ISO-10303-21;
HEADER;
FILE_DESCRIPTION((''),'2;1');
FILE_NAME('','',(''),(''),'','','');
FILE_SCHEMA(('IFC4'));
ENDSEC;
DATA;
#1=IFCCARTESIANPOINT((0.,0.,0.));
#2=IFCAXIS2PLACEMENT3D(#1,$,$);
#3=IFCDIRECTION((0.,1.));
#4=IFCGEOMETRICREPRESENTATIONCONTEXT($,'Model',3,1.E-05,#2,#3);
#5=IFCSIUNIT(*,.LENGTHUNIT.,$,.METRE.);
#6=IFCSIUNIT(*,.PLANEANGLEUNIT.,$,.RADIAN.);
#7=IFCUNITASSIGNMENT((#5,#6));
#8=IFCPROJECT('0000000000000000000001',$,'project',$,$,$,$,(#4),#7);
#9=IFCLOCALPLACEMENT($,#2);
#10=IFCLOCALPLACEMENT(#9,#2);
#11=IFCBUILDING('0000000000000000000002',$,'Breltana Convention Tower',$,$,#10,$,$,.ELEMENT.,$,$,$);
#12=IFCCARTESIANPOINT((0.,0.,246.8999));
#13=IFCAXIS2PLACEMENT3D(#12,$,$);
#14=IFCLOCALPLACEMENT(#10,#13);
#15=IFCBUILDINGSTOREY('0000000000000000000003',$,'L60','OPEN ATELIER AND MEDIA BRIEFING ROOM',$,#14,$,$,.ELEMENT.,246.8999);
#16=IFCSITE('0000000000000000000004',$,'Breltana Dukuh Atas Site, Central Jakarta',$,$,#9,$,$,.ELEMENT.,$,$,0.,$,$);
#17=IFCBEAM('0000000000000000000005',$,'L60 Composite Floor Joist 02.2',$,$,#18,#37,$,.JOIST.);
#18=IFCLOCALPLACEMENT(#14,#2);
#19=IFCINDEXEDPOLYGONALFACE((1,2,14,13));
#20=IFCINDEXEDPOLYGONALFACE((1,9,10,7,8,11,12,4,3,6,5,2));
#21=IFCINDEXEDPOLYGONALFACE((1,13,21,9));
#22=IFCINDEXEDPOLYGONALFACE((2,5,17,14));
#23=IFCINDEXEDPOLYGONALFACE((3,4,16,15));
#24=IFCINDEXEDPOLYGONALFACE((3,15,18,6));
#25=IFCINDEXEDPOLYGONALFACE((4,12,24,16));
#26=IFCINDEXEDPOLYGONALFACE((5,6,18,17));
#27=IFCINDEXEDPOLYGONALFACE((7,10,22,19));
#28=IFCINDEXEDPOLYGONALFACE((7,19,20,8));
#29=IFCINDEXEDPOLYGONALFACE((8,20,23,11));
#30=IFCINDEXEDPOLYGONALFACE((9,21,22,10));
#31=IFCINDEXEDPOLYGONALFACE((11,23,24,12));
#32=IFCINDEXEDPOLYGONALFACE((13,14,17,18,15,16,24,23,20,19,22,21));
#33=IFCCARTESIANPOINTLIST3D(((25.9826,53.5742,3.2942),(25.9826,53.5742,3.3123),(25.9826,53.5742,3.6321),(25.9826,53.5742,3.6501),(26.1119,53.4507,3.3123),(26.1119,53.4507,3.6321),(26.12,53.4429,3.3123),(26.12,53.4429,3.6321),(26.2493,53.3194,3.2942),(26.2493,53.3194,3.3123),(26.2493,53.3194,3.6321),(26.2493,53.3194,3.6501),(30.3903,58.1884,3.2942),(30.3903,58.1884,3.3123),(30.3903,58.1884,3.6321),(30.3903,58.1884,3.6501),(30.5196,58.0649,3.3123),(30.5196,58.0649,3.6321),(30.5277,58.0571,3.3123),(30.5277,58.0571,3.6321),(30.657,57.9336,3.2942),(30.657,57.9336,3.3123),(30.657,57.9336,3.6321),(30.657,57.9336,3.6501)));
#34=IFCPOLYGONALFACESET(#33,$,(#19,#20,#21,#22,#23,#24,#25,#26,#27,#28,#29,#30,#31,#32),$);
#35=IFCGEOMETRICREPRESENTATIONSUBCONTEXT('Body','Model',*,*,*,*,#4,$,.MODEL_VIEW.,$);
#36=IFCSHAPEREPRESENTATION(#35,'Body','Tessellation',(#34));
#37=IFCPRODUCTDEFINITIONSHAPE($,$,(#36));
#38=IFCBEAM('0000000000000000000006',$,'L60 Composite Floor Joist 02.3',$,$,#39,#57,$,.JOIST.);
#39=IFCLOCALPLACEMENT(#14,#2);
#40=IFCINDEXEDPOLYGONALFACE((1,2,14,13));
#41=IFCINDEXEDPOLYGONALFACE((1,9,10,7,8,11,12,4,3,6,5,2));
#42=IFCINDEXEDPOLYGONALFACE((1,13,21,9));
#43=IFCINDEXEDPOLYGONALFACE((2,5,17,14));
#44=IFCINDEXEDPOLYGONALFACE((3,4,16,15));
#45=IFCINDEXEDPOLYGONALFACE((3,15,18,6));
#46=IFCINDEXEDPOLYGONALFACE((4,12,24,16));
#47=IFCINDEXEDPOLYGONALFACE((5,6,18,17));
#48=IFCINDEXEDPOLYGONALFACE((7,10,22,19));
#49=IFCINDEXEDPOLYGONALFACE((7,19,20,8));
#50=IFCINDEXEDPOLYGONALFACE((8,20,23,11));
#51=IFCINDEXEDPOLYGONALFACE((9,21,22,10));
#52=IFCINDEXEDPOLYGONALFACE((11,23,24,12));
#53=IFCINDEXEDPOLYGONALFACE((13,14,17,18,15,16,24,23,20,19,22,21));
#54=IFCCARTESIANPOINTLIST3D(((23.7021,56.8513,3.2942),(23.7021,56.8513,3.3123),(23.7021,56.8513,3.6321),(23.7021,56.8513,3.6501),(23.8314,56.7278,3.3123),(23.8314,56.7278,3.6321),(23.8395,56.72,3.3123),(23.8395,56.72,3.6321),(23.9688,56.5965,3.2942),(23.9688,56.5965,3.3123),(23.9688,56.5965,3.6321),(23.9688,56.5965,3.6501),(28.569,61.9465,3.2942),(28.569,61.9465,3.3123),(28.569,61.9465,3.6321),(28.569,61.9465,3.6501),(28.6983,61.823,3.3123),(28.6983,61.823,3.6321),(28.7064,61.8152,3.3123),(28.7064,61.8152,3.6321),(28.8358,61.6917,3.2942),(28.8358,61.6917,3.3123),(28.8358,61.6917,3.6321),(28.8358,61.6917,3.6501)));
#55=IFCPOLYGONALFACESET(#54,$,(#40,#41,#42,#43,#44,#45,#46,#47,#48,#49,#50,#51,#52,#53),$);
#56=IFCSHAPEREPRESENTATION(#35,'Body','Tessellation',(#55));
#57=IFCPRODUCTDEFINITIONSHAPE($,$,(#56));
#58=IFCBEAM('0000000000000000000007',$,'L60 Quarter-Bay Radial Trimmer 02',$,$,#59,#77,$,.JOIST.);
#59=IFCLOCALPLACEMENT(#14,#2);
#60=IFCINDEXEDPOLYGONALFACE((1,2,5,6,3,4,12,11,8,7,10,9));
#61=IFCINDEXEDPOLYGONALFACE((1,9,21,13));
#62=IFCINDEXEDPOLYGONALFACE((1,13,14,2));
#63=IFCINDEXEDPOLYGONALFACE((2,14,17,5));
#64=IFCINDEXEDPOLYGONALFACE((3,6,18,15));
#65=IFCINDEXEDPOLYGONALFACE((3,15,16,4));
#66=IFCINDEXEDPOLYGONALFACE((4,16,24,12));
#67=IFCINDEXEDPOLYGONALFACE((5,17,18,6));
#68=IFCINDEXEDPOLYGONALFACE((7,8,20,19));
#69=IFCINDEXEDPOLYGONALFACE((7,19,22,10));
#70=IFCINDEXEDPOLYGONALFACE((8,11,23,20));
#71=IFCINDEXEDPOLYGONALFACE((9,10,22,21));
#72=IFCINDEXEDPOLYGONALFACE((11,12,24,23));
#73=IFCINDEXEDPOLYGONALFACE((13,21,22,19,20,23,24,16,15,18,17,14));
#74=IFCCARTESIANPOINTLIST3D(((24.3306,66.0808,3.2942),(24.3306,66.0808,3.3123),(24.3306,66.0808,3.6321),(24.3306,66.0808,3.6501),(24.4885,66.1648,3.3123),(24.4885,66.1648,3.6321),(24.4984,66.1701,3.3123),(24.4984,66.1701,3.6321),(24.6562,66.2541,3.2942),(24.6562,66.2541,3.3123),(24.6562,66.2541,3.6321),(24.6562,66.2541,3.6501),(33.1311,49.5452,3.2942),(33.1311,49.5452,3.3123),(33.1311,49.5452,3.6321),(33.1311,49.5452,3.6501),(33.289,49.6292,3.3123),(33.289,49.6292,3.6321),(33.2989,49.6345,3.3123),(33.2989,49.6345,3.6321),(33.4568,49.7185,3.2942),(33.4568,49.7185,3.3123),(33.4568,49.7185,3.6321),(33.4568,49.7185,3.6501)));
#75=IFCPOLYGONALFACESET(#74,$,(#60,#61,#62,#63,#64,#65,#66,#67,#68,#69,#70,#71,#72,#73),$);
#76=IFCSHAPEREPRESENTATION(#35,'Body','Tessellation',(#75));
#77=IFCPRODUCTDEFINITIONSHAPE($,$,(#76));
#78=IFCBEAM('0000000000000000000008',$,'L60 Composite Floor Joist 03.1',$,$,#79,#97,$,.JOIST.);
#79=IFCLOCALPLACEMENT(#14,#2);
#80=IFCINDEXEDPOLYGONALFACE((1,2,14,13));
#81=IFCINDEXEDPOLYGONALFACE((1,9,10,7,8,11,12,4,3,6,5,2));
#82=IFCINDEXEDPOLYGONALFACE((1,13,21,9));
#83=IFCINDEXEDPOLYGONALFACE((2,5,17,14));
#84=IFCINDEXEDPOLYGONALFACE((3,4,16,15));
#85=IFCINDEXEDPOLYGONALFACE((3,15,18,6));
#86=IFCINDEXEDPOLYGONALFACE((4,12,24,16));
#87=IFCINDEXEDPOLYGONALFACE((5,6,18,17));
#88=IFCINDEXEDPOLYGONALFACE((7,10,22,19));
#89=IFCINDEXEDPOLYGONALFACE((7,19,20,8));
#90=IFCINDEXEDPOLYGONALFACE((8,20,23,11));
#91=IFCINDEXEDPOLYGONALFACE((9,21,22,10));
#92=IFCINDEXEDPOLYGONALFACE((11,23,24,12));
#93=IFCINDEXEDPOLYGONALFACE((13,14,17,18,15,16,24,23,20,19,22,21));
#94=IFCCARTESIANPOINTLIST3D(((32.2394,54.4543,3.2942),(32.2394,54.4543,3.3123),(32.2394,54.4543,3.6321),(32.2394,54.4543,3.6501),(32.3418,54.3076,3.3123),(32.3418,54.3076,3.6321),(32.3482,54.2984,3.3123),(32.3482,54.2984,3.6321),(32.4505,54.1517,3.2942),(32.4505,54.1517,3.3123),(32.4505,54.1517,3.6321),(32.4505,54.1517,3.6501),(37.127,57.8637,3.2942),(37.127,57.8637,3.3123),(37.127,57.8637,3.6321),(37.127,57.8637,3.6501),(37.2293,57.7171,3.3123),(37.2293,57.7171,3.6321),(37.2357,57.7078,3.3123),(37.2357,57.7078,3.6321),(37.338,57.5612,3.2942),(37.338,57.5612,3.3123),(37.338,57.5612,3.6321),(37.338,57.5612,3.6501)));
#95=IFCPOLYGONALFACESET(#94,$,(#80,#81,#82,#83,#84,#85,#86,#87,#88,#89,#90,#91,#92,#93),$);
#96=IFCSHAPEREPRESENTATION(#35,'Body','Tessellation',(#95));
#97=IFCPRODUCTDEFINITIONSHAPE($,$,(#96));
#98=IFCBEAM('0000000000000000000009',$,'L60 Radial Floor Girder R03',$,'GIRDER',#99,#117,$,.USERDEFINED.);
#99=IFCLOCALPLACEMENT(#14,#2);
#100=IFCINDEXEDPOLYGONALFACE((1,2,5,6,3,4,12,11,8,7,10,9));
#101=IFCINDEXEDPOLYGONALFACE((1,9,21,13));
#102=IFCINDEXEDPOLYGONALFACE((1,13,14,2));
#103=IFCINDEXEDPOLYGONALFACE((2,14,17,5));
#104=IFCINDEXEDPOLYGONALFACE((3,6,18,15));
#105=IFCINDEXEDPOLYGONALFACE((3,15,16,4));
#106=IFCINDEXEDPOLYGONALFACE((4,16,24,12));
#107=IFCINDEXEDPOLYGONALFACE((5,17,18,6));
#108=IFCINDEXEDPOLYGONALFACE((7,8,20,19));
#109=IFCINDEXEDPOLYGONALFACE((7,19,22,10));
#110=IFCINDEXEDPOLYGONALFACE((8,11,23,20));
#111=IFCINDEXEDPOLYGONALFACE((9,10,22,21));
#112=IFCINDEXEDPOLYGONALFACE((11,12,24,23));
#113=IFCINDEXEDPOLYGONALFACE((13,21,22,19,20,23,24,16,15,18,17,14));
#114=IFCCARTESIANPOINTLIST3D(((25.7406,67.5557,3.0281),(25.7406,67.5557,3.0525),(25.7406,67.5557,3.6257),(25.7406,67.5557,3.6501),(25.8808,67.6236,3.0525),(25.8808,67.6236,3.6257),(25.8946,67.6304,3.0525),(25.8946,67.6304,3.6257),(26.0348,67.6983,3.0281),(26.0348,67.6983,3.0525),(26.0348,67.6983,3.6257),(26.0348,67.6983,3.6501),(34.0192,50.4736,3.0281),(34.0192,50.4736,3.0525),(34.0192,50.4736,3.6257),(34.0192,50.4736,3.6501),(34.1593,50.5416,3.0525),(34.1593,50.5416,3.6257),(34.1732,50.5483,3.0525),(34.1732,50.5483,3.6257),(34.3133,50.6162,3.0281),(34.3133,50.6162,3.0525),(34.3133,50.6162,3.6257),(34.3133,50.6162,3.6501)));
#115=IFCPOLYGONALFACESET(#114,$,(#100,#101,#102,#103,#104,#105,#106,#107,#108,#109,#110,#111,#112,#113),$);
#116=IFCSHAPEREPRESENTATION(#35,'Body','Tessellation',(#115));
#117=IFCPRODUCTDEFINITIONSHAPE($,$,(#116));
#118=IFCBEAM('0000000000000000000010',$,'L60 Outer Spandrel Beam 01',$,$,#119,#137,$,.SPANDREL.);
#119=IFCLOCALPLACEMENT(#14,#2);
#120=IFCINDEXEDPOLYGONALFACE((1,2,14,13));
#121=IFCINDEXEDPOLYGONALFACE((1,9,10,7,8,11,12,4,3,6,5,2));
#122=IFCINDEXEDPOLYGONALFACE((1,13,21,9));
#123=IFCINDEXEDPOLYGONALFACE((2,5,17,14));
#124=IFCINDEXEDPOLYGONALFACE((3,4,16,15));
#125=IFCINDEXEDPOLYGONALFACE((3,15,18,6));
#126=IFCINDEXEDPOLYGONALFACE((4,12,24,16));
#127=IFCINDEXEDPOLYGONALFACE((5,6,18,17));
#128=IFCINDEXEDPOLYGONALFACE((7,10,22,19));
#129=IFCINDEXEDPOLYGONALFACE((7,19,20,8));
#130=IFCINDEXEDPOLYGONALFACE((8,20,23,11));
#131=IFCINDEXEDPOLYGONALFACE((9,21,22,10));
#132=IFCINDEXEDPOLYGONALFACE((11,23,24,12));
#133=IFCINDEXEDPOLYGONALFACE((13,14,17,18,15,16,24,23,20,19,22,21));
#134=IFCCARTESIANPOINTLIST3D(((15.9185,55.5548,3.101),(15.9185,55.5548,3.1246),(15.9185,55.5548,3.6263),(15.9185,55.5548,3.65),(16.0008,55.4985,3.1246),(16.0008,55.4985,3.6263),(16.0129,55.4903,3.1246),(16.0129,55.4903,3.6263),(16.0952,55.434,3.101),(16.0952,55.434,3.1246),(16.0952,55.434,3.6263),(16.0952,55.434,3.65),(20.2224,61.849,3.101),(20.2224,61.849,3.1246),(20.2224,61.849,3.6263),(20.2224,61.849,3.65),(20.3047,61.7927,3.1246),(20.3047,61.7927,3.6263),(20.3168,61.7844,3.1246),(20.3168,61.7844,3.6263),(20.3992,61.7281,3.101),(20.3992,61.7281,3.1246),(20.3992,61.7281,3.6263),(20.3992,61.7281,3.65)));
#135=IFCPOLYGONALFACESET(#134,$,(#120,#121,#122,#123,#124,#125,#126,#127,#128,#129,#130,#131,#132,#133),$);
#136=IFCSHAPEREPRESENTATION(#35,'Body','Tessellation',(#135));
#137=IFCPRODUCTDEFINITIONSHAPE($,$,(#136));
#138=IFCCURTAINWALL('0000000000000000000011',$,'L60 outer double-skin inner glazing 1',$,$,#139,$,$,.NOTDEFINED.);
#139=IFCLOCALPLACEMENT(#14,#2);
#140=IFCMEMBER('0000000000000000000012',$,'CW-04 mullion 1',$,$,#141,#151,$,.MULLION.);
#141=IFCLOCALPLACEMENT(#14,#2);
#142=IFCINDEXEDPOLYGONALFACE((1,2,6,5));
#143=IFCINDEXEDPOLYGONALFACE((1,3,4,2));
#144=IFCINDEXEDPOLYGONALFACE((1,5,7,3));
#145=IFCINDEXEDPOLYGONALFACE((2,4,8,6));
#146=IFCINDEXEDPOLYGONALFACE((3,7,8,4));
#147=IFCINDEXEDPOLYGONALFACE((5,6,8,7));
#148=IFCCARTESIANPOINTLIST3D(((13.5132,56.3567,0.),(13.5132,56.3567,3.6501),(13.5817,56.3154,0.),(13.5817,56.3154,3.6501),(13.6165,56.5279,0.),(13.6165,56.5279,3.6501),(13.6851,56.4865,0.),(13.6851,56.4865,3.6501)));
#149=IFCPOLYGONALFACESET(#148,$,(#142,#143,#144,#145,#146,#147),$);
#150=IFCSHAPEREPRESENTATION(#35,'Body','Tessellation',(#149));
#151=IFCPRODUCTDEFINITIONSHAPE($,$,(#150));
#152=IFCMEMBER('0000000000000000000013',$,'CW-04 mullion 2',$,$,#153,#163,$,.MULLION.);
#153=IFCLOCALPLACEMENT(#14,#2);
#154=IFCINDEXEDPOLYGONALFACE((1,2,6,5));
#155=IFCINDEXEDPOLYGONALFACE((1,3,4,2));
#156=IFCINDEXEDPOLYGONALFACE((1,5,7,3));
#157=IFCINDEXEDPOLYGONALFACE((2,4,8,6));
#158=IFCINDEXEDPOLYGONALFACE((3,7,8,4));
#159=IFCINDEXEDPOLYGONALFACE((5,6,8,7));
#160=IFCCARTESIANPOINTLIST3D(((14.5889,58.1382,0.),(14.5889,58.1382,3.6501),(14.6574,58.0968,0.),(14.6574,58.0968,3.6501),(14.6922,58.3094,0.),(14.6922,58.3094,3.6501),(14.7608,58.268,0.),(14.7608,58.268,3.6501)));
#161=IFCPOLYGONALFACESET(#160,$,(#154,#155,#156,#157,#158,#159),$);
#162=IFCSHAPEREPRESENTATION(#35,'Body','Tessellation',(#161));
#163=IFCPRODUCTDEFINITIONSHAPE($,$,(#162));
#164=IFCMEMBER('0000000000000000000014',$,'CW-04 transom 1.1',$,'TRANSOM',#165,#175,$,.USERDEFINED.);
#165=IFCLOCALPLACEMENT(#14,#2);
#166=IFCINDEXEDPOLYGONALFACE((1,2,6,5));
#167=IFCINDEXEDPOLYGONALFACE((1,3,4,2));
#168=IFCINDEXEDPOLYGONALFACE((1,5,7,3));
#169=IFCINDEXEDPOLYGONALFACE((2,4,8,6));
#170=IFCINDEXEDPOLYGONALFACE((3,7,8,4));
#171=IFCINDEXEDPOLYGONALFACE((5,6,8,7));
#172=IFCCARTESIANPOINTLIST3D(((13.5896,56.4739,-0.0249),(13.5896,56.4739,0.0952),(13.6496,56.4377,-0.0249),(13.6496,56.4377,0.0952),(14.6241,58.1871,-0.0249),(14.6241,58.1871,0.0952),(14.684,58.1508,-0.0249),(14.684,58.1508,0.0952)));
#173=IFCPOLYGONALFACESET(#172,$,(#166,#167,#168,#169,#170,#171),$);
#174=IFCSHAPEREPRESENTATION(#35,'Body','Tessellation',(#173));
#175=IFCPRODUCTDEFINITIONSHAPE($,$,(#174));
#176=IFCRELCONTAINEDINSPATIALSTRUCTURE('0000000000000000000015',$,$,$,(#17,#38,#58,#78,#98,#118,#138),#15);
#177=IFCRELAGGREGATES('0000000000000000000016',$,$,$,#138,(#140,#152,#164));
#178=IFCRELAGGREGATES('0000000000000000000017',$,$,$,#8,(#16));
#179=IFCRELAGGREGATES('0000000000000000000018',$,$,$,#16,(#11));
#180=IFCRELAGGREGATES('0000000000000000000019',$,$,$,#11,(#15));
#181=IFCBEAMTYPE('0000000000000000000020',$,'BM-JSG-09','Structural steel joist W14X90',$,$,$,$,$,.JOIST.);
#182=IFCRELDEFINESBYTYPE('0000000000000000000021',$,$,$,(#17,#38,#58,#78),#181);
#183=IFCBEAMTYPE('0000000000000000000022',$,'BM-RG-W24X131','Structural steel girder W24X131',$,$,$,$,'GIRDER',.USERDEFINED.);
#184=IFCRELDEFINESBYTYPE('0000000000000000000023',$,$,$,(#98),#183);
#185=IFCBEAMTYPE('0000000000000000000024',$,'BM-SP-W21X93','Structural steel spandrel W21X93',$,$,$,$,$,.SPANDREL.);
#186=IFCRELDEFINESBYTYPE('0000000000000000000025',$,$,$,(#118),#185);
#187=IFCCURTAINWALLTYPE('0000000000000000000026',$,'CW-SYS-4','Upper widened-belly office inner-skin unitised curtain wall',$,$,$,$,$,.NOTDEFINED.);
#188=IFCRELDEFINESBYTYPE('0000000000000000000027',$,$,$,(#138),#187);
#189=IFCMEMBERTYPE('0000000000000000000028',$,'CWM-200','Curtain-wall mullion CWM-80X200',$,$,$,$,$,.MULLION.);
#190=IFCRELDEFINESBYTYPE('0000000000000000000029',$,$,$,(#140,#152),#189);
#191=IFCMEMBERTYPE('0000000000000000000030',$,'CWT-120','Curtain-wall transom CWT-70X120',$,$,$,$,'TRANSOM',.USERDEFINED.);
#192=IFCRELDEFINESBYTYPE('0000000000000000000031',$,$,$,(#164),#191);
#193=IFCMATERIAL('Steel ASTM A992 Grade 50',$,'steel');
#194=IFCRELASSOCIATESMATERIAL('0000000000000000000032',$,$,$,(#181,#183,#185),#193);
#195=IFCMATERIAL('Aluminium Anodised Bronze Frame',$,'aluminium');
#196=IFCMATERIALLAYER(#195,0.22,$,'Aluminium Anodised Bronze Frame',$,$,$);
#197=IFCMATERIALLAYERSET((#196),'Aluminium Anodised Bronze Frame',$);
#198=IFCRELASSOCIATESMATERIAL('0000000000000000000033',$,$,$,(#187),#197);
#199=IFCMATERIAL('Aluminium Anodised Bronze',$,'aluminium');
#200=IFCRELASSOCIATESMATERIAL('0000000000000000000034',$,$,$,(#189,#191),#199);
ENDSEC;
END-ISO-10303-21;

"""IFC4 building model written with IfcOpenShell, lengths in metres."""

from ifc_helpers import new_model, si_unit, direction, frame, origin, origin_2d, place, context, subcontext, project, spatial, rectangle, i_section, extrude, source, transform, mapped, material, layer, layer_set, material_profile, profile_set, type_object, type_shapes, element, aggregate, save


model = new_model("IFC4")

# Units and contexts
model_context = context("Model", 3, precision=1e-05, world=origin(), true_north=direction((0.0, 1.0)))
body_context = subcontext(model_context, "Body", "Model", "MODEL_VIEW")
ifc_project = project(units=[si_unit("LENGTHUNIT", "METRE"), si_unit("PLANEANGLEUNIT", "RADIAN")], contexts=[model_context])

# Site, building, storey
site_placement = place(None, origin())
site = spatial("IfcSite", under=ifc_project, at=site_placement, Name="Breltana Dukuh Atas Site, Central Jakarta", CompositionType="ELEMENT", RefElevation=0.0)
building_placement = place(site_placement, origin())
building = spatial("IfcBuilding", under=site, at=building_placement, Name="Breltana Convention Tower", CompositionType="ELEMENT")
storey_placement = place(building_placement, frame((0.0, 0.0, 246.8999)))
storey = spatial("IfcBuildingStorey", under=building, at=storey_placement, Name="L60", Description="OPEN ATELIER AND MEDIA BRIEFING ROOM", CompositionType="ELEMENT", Elevation=246.8999)

# Shared definitions
ifc_material_1 = material(Name="Steel ASTM A992 Grade 50", Category="steel")

# Beams
ifc_material_profile_1 = material_profile(ifc_material_1, i_section(OverallWidth=0.3689, OverallDepth=0.356, WebThickness=0.0112, FlangeThickness=0.0181, at=origin_2d()), Name="W14X90")
ifc_profile_set_1 = profile_set([ifc_material_profile_1], Name="Steel ASTM A992 Grade 50")
beam_type_1 = type_object("IfcBeamType", Name="BM-JSG-09", Description="Structural steel joist W14X90", PredefinedType="JOIST", material=ifc_profile_set_1)
shared_shape_1 = source(origin(), body_context, "Body", "SweptSolid", [
    extrude(i_section(OverallWidth=0.3689, OverallDepth=0.356, WebThickness=0.0112, FlangeThickness=0.0181, at=origin_2d()), origin(), (0.0, 0.0, 1.0), 6.3811),
])
beam_1_placement = place(storey_placement, frame((26.116, 53.4468, 3.4722), z_axis=(0.690738, 0.723105, 0.0), x_axis=(-0.723105, 0.690738, 0.0)))
element("IfcBeam", 1, at=beam_1_placement, inside=storey, type_object=beam_type_1, Name="L60 Composite Floor Joist 02.2", PredefinedType="JOIST", context=body_context, shape_type="MappedRepresentation", body=[
    mapped(shared_shape_1, transform((0.0, 0.0, 0.0), scale=1.0)),
])
shared_shape_2 = source(origin(), body_context, "Body", "SweptSolid", [
    extrude(i_section(OverallWidth=0.3689, OverallDepth=0.356, WebThickness=0.0112, FlangeThickness=0.0181, at=origin_2d()), origin(), (0.0, 0.0, 1.0), 7.0461),
])
beam_2_placement = place(storey_placement, frame((23.8354, 56.7239, 3.4722), z_axis=(0.690723, 0.72312, 0.0), x_axis=(-0.72312, 0.690723, 0.0)))
element("IfcBeam", 2, at=beam_2_placement, inside=storey, type_object=beam_type_1, Name="L60 Composite Floor Joist 02.3", PredefinedType="JOIST", context=body_context, shape_type="MappedRepresentation", body=[
    mapped(shared_shape_2, transform((0.0, 0.0, 0.0), scale=1.0)),
])
shared_shape_3 = source(origin(), body_context, "Body", "SweptSolid", [
    extrude(i_section(OverallWidth=0.3689, OverallDepth=0.356, WebThickness=0.0112, FlangeThickness=0.0181, at=origin_2d()), origin(), (0.0, 0.0, 1.0), 18.7317),
])
beam_3_placement = place(storey_placement, frame((33.2939, 49.6318, 3.4722), z_axis=(-0.46982, 0.882762, 0.0), x_axis=(-0.882762, -0.46982, 0.0)))
element("IfcBeam", 3, at=beam_3_placement, inside=storey, type_object=beam_type_1, Name="L60 Quarter-Bay Radial Trimmer 02", PredefinedType="JOIST", context=body_context, shape_type="MappedRepresentation", body=[
    mapped(shared_shape_3, transform((0.0, 0.0, 0.0), scale=1.0)),
])
shared_shape_4 = source(origin(), body_context, "Body", "SweptSolid", [
    extrude(i_section(OverallWidth=0.3689, OverallDepth=0.356, WebThickness=0.0112, FlangeThickness=0.0181, at=origin_2d()), origin(), (0.0, 0.0, 1.0), 5.9592),
])
beam_4_placement = place(storey_placement, frame((32.345, 54.303, 3.4722), z_axis=(0.82016, 0.572134, 0.0), x_axis=(-0.572134, 0.82016, 0.0)))
element("IfcBeam", 4, at=beam_4_placement, inside=storey, type_object=beam_type_1, Name="L60 Composite Floor Joist 03.1", PredefinedType="JOIST", context=body_context, shape_type="MappedRepresentation", body=[
    mapped(shared_shape_4, transform((0.0, 0.0, 0.0), scale=1.0)),
])
ifc_material_profile_2 = material_profile(ifc_material_1, i_section(OverallWidth=0.3269, OverallDepth=0.6221, WebThickness=0.0154, FlangeThickness=0.0244, at=origin_2d()), Name="W24X131")
ifc_profile_set_2 = profile_set([ifc_material_profile_2], Name="Steel ASTM A992 Grade 50")
beam_type_2 = type_object("IfcBeamType", Name="BM-RG-W24X131", Description="Structural steel girder W24X131", ElementType="GIRDER", PredefinedType="USERDEFINED", material=ifc_profile_set_2)
shared_shape_5 = source(origin(), body_context, "Body", "SweptSolid", [
    extrude(i_section(OverallWidth=0.3269, OverallDepth=0.6221, WebThickness=0.0154, FlangeThickness=0.0244, at=origin_2d()), origin(), (0.0, 0.0, 1.0), 18.9824),
])
beam_5_placement = place(storey_placement, frame((34.1663, 50.5449, 3.3391), z_axis=(-0.436119, 0.899889, 0.0), x_axis=(-0.899889, -0.436119, 0.0)))
element("IfcBeam", 5, at=beam_5_placement, inside=storey, type_object=beam_type_2, Name="L60 Radial Floor Girder R03", ObjectType="GIRDER", PredefinedType="USERDEFINED", context=body_context, shape_type="MappedRepresentation", body=[
    mapped(shared_shape_5, transform((0.0, 0.0, 0.0), scale=1.0)),
])
ifc_material_profile_3 = material_profile(ifc_material_1, i_section(OverallWidth=0.2141, OverallDepth=0.5491, WebThickness=0.0146, FlangeThickness=0.0237, at=origin_2d()), Name="W21X93")
ifc_profile_set_3 = profile_set([ifc_material_profile_3], Name="Steel ASTM A992 Grade 50")
beam_type_3 = type_object("IfcBeamType", Name="BM-SP-W21X93", Description="Structural steel spandrel W21X93", PredefinedType="SPANDREL", material=ifc_profile_set_3)
shared_shape_6 = source(origin(), body_context, "Body", "SweptSolid", [
    extrude(i_section(OverallWidth=0.2141, OverallDepth=0.5491, WebThickness=0.0146, FlangeThickness=0.0237, at=origin_2d()), origin(), (0.0, 0.0, 1.0), 7.625),
])
type_shapes(beam_type_3, [shared_shape_6])
beam_6_placement = place(storey_placement, frame((16.0068, 55.4944, 3.3755), z_axis=(0.564452, 0.825466, 0.0), x_axis=(-0.825466, 0.564452, 0.0)))
element("IfcBeam", 6, at=beam_6_placement, inside=storey, type_object=beam_type_3, Name="L60 Outer Spandrel Beam 01", PredefinedType="SPANDREL", context=body_context, shape_type="MappedRepresentation", body=[
    mapped(shared_shape_6, transform((0.0, 0.0, 0.0), scale=1.0)),
])

# Curtain wall, members
ifc_material_2 = material(Name="Aluminium Anodised Bronze Frame", Category="aluminium")
ifc_layer_1 = layer(ifc_material_2, 0.22, Name="Aluminium Anodised Bronze Frame")
ifc_layer_set_1 = layer_set([ifc_layer_1], Name="Aluminium Anodised Bronze Frame")
curtain_wall_type = type_object("IfcCurtainWallType", Name="CW-SYS-4", Description="Upper widened-belly office inner-skin unitised curtain wall", PredefinedType="NOTDEFINED", material=ifc_layer_set_1)
curtain_wall_placement = place(storey_placement, origin())
curtain_wall = element("IfcCurtainWall", 7, at=curtain_wall_placement, inside=storey, type_object=curtain_wall_type, Name="L60 outer double-skin inner glazing 1", PredefinedType="NOTDEFINED")
ifc_material_3 = material(Name="Aluminium Anodised Bronze", Category="aluminium")
ifc_material_profile_4 = material_profile(ifc_material_3, rectangle(XDim=0.0801, YDim=0.2, at=origin_2d()), Name="CWM-80X200")
ifc_profile_set_4 = profile_set([ifc_material_profile_4], Name="Aluminium Anodised Bronze")
member_type_1 = type_object("IfcMemberType", Name="CWM-200", Description="Curtain-wall mullion CWM-80X200", PredefinedType="MULLION", material=ifc_profile_set_4)
shared_shape_7 = source(origin(), body_context, "Body", "SweptSolid", [
    extrude(rectangle(XDim=0.0801, YDim=0.2, at=origin_2d()), origin(), (0.0, 0.0, 1.0), 3.6501),
])
member_1_placement = place(storey_placement, frame((13.5991, 56.4216, 0.0), z_axis=(0.0, 0.0, 1.0), x_axis=(-0.856061, 0.516875, 0.0)))
member_1 = element("IfcMember", 8, at=member_1_placement, type_object=member_type_1, Name="CW-04 mullion 1", PredefinedType="MULLION", context=body_context, shape_type="MappedRepresentation", body=[
    mapped(shared_shape_7, transform((0.0, 0.0, 0.0), scale=1.0)),
])
member_2_placement = place(storey_placement, frame((14.6748, 58.2031, 0.0), z_axis=(0.0, 0.0, 1.0), x_axis=(-0.856061, 0.516875, 0.0)))
member_2 = element("IfcMember", 9, at=member_2_placement, type_object=member_type_1, Name="CW-04 mullion 2", PredefinedType="MULLION", context=body_context, shape_type="MappedRepresentation", body=[
    mapped(shared_shape_7, transform((0.0, 0.0, 0.0), scale=1.0)),
])
ifc_material_profile_5 = material_profile(ifc_material_3, rectangle(XDim=0.0701, YDim=0.1201, at=origin_2d()), Name="CWT-70X120")
ifc_profile_set_5 = profile_set([ifc_material_profile_5], Name="Aluminium Anodised Bronze")
member_type_2 = type_object("IfcMemberType", Name="CWT-120", Description="Curtain-wall transom CWT-70X120", ElementType="TRANSOM", PredefinedType="USERDEFINED", material=ifc_profile_set_5)
shared_shape_8 = source(origin(), body_context, "Body", "SweptSolid", [
    extrude(rectangle(XDim=0.0701, YDim=0.1201, at=origin_2d()), origin(), (0.0, 0.0, 1.0), 2.0012),
])
member_3_placement = place(storey_placement, frame((13.6196, 56.4558, 0.0352), z_axis=(0.516898, 0.856047, 0.0), x_axis=(-0.856047, 0.516898, 0.0)))
member_3 = element("IfcMember", 10, at=member_3_placement, type_object=member_type_2, Name="CW-04 transom 1.1", ObjectType="TRANSOM", PredefinedType="USERDEFINED", context=body_context, shape_type="MappedRepresentation", body=[
    mapped(shared_shape_8, transform((0.0, 0.0, 0.0), scale=1.0)),
])
aggregate(curtain_wall, [member_1, member_2, member_3])

save(model, "model.ifc")
